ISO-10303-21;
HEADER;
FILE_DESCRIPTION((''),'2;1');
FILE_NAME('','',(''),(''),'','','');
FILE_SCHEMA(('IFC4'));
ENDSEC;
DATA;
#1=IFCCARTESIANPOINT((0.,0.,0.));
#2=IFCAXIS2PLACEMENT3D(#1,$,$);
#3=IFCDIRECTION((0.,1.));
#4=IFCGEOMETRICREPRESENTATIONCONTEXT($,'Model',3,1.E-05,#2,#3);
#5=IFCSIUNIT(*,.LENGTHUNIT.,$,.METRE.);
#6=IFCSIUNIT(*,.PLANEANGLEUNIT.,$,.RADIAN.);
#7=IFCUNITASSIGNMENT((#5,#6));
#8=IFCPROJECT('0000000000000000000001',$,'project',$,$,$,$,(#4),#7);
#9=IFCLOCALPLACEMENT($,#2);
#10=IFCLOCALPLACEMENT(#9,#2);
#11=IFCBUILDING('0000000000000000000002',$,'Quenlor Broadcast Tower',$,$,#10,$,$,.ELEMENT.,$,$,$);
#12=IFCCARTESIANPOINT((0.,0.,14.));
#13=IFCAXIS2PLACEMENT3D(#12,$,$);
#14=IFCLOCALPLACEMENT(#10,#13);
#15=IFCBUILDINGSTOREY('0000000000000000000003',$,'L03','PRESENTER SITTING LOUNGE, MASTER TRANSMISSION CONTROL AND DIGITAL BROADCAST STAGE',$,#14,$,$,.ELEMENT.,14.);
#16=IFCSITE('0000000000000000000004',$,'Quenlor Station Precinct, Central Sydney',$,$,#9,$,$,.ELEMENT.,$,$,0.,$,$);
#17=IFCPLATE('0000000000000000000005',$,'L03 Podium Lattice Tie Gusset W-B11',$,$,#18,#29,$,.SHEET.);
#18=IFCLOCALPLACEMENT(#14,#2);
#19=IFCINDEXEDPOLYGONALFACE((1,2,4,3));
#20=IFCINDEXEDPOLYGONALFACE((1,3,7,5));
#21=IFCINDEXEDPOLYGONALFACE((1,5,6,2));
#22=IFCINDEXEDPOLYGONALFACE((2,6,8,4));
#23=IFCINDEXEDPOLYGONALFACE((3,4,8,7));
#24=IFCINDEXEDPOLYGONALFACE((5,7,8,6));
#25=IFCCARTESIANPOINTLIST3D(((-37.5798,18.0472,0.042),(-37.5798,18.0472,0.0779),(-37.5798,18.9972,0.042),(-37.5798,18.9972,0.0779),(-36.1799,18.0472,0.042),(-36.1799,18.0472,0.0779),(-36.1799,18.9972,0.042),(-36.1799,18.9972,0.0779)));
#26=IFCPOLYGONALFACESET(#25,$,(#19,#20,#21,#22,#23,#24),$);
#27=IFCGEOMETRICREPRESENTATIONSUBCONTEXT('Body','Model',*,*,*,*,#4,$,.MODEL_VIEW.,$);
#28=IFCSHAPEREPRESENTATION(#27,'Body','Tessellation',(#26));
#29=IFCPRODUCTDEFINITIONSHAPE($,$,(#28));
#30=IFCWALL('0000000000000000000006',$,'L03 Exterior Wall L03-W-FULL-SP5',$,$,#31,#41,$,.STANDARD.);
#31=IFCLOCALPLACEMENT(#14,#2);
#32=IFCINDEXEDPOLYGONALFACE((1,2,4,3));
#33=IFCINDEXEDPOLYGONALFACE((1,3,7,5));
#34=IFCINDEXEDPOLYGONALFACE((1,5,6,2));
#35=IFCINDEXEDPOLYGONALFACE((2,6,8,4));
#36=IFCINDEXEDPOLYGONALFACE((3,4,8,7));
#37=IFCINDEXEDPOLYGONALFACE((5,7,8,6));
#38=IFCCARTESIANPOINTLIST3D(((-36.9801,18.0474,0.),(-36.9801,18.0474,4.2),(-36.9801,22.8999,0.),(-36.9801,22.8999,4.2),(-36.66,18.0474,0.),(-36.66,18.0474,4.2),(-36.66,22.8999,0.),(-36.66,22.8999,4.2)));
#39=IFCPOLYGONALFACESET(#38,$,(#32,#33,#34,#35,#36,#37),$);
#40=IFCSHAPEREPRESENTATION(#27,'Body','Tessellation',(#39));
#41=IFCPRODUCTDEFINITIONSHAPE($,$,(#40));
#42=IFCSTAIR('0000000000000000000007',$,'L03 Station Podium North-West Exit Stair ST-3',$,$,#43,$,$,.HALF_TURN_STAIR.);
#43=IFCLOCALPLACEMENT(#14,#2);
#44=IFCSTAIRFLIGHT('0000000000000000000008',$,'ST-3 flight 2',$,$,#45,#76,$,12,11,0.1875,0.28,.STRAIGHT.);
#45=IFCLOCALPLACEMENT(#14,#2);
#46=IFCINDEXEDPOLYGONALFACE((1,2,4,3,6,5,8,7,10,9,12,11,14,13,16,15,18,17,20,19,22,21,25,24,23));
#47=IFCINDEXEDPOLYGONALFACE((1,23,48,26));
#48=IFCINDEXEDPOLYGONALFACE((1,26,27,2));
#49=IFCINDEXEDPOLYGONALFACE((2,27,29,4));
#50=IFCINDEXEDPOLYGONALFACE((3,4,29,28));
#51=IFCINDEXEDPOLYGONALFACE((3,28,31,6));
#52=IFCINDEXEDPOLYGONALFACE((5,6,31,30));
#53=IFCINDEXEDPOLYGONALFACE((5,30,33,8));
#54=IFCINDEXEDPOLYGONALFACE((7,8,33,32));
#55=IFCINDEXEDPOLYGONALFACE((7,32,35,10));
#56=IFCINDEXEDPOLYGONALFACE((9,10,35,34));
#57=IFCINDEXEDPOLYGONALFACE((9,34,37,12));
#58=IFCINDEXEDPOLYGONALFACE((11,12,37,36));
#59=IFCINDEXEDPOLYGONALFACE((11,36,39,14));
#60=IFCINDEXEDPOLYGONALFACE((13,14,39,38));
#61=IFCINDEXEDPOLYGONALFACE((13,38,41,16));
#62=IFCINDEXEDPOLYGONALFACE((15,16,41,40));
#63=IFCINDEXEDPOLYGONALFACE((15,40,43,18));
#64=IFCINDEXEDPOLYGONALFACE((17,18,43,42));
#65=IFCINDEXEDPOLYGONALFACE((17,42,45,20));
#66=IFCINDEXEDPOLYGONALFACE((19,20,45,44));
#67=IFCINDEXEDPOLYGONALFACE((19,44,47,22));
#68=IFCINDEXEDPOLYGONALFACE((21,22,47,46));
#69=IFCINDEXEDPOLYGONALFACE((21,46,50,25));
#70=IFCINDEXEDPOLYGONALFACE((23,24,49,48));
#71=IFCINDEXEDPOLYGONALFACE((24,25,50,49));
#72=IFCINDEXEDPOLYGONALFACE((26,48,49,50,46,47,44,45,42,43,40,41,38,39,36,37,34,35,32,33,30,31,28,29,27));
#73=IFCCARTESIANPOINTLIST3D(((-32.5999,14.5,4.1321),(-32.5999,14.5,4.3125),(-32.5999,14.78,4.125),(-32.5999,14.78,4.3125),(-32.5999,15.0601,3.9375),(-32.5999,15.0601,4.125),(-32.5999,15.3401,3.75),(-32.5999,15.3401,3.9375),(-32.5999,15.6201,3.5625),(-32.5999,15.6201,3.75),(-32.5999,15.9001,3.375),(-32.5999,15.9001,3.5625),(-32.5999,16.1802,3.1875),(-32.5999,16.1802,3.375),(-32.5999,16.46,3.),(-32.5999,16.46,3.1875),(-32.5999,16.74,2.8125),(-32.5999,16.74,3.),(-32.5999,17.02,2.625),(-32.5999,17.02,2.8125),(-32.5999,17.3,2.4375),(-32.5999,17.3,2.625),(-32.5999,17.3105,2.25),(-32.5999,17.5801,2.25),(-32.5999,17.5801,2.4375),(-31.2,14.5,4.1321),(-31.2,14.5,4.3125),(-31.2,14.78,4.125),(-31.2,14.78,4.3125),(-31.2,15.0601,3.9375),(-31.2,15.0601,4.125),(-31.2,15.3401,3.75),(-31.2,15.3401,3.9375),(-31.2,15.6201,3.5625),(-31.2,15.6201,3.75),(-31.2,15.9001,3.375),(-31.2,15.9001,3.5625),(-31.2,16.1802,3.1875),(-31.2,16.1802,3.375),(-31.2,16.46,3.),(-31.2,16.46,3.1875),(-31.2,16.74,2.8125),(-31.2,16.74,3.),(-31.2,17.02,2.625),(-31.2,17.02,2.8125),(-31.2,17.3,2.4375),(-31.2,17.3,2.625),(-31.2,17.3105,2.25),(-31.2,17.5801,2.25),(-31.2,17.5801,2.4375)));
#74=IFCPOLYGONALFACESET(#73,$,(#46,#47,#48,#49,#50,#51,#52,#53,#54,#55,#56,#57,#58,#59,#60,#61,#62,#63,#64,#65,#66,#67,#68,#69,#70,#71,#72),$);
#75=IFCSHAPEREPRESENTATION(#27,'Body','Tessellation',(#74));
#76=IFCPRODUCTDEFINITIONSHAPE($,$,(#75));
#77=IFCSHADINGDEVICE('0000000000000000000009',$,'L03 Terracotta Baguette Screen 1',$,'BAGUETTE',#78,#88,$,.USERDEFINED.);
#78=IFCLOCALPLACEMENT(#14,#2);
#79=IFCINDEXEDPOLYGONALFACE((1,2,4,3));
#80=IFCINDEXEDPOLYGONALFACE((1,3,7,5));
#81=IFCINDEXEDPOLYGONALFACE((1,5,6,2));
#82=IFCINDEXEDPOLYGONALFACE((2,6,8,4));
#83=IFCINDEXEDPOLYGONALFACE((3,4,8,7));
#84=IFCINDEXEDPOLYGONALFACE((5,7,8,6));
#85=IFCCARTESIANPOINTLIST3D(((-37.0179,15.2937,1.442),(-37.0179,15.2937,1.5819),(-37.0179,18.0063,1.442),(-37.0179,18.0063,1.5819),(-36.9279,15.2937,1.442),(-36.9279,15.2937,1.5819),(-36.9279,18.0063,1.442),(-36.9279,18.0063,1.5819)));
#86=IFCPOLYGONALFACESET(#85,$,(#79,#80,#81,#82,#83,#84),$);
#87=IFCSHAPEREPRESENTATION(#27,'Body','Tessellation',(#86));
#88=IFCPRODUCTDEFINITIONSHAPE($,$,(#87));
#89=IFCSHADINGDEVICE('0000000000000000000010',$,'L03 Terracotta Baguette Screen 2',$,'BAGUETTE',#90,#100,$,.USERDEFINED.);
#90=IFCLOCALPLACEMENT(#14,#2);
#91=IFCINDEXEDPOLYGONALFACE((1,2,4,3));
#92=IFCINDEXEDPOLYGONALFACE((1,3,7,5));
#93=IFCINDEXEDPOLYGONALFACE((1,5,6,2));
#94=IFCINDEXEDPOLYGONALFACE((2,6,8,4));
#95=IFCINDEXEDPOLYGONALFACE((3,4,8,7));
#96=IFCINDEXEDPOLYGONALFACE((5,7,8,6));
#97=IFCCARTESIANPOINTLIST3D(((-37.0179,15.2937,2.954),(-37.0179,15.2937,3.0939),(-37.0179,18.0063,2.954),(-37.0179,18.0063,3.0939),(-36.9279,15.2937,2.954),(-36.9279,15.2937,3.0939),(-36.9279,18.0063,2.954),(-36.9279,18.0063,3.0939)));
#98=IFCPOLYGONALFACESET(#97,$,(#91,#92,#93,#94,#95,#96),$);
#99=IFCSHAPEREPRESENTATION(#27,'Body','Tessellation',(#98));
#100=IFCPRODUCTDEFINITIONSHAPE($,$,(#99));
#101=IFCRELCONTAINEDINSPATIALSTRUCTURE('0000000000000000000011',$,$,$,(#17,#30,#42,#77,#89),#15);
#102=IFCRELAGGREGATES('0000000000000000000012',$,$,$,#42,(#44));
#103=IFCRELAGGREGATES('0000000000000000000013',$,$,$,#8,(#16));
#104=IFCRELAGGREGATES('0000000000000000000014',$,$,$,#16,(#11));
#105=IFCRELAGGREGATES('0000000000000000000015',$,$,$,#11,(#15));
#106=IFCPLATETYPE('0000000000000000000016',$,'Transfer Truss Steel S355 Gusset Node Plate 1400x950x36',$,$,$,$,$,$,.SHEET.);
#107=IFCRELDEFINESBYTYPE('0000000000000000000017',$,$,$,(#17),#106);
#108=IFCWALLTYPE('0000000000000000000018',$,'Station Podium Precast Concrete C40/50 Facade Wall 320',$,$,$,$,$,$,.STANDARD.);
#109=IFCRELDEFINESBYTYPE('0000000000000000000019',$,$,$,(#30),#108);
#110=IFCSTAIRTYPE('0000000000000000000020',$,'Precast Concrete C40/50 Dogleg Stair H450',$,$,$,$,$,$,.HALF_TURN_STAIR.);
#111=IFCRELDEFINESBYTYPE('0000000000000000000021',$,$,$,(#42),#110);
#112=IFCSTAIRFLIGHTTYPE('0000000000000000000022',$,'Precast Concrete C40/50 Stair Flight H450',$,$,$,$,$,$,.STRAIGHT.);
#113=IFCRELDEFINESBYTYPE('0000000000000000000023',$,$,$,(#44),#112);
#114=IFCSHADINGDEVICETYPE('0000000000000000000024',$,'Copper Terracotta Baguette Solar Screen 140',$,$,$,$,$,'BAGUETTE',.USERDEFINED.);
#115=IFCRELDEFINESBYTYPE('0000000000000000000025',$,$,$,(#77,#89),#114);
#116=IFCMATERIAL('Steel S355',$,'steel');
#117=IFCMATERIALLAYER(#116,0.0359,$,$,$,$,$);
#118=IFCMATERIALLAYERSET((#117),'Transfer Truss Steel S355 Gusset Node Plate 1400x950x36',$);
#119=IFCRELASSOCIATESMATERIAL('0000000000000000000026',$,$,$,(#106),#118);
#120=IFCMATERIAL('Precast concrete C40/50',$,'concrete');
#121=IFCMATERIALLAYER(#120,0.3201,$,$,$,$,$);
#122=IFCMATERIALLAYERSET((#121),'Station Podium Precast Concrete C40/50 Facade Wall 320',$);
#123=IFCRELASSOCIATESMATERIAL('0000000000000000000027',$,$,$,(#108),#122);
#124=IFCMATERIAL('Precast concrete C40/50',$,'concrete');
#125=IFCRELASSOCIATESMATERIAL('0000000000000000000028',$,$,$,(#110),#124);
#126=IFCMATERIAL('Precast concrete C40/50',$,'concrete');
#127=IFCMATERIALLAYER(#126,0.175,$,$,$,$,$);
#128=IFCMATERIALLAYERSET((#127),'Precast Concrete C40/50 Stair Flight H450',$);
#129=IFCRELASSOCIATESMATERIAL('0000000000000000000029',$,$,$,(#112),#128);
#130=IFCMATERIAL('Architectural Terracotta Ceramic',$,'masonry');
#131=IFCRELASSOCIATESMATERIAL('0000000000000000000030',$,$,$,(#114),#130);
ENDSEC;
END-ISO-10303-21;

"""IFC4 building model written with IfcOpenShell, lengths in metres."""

from ifc_helpers import new_model, si_unit, direction, frame, frame_2d, origin, origin_2d, place, context, subcontext, project, spatial, polyline, rectangle, outline, extrude, material, layer, layer_set, material_profile, profile_set, type_object, element, aggregate, save


model = new_model("IFC4")

# Units and contexts
model_context = context("Model", 3, precision=1e-05, world=origin(), true_north=direction((0.0, 1.0)))
body_context = subcontext(model_context, "Body", "Model", "MODEL_VIEW")
ifc_project = project(units=[si_unit("LENGTHUNIT", "METRE"), si_unit("PLANEANGLEUNIT", "RADIAN")], contexts=[model_context])

# Site, building, storey
site_placement = place(None, origin())
site = spatial("IfcSite", under=ifc_project, at=site_placement, Name="Quenlor Station Precinct, Central Sydney", CompositionType="ELEMENT", RefElevation=0.0)
building_placement = place(site_placement, origin())
building = spatial("IfcBuilding", under=site, at=building_placement, Name="Quenlor Broadcast Tower", CompositionType="ELEMENT")
storey_placement = place(building_placement, frame((0.0, 0.0, 14.0)))
storey = spatial("IfcBuildingStorey", under=building, at=storey_placement, Name="L03", Description="PRESENTER SITTING LOUNGE, MASTER TRANSMISSION CONTROL AND DIGITAL BROADCAST STAGE", CompositionType="ELEMENT", Elevation=14.0)

# Plate
ifc_material_1 = material(Name="Steel S355", Category="steel")
ifc_layer_1 = layer(ifc_material_1, 0.0359)
ifc_layer_set_1 = layer_set([ifc_layer_1], Name="Transfer Truss Steel S355 Gusset Node Plate 1400x950x36")
plate_type_1 = type_object("IfcPlateType", Name="Transfer Truss Steel S355 Gusset Node Plate 1400x950x36", PredefinedType="SHEET", material=ifc_layer_set_1)
plate_1_placement = place(storey_placement, frame((-36.8799, 18.5222, 0.042), z_axis=(0.0, 0.0, 1.0), x_axis=(-1.0, 0.0, 0.0)))
element("IfcPlate", 1, at=plate_1_placement, inside=storey, type_object=plate_type_1, Name="L03 Podium Lattice Tie Gusset W-B11", PredefinedType="SHEET", context=body_context, shape_type="SweptSolid", body=[
    extrude(rectangle(XDim=1.3999, YDim=0.95, at=origin_2d()), origin(), (0.0, 0.0, 1.0), 0.0359),
])

# Wall
ifc_material_2 = material(Name="Precast concrete C40/50", Category="concrete")
ifc_layer_2 = layer(ifc_material_2, 0.3201)
ifc_layer_set_2 = layer_set([ifc_layer_2], Name="Station Podium Precast Concrete C40/50 Facade Wall 320")
wall_type = type_object("IfcWallType", Name="Station Podium Precast Concrete C40/50 Facade Wall 320", PredefinedType="STANDARD", material=ifc_layer_set_2)
wall_placement = place(storey_placement, frame((-36.8201, 18.0474, 0.0), z_axis=(0.0, 0.0, 1.0), x_axis=(0.0, 1.0, 0.0)))
element("IfcWall", 2, at=wall_placement, inside=storey, type_object=wall_type, Name="L03 Exterior Wall L03-W-FULL-SP5", PredefinedType="STANDARD", context=body_context, shape_type="SweptSolid", body=[
    extrude(rectangle(XDim=4.8525, YDim=0.3201, at=frame_2d((2.4263, 0.0))), origin(), (0.0, 0.0, 1.0), 4.2),
])

# Stair, stair flight
ifc_material_3 = material(Name="Precast concrete C40/50", Category="concrete")
stair_type = type_object("IfcStairType", Name="Precast Concrete C40/50 Dogleg Stair H450", PredefinedType="HALF_TURN_STAIR", material=ifc_material_3)
stair_placement = place(storey_placement, origin())
stair = element("IfcStair", 3, at=stair_placement, inside=storey, type_object=stair_type, Name="L03 Station Podium North-West Exit Stair ST-3", PredefinedType="HALF_TURN_STAIR")
ifc_material_4 = material(Name="Precast concrete C40/50", Category="concrete")
ifc_layer_3 = layer(ifc_material_4, 0.175)
ifc_layer_set_3 = layer_set([ifc_layer_3], Name="Precast Concrete C40/50 Stair Flight H450")
stair_flight_type = type_object("IfcStairFlightType", Name="Precast Concrete C40/50 Stair Flight H450", PredefinedType="STRAIGHT", material=ifc_layer_set_3)
stair_flight_placement = place(storey_placement, frame((-31.8999, 17.5801, 2.25), z_axis=(0.0, 0.0, 1.0), x_axis=(0.0, -1.0, 0.0)))
stair_flight = element("IfcStairFlight", 4, at=stair_flight_placement, type_object=stair_flight_type, Name="ST-3 flight 2", NumberOfRisers=12, NumberOfTreads=11, PredefinedType="STRAIGHT", RiserHeight=0.1875, TreadLength=0.28, context=body_context, shape_type="SweptSolid", body=[
    extrude(outline(polyline([(0.0, 0.0), (0.0, 0.1875), (0.28, 0.1875), (0.28, 0.375), (0.5601, 0.375), (0.5601, 0.5625), (0.8401, 0.5625), (0.8401, 0.75), (1.1201, 0.75), (1.1201, 0.9375), (1.3999, 0.9375), (1.3999, 1.125), (1.6799, 1.125), (1.6799, 1.3125), (1.96, 1.3125), (1.96, 1.5), (2.24, 1.5), (2.24, 1.6875), (2.52, 1.6875), (2.52, 1.875), (2.8, 1.875), (2.8, 2.0625), (3.0801, 2.0625), (3.0801, 2.25), (3.0801, 1.8821), (0.2695, 0.0), (0.0, 0.0)])), frame((0.0, 0.7, 0.0), z_axis=(0.0, -1.0, 0.0), x_axis=(1.0, 0.0, 0.0)), (0.0, 0.0, 1.0), 1.3999),
])
aggregate(stair, [stair_flight])

# Shading devices
ifc_material_5 = material(Name="Architectural Terracotta Ceramic", Category="masonry")
ifc_material_profile_1 = material_profile(ifc_material_5, rectangle(XDim=0.0901, YDim=0.1399, at=origin_2d()))
ifc_profile_set_1 = profile_set([ifc_material_profile_1], Name="Architectural Terracotta Ceramic BAG90x140")
shading_device_type = type_object("IfcShadingDeviceType", Name="Copper Terracotta Baguette Solar Screen 140", ElementType="BAGUETTE", PredefinedType="USERDEFINED", material=ifc_profile_set_1)
for number, where, z_axis, x_axis, name in (
    (5, (-36.9729, 15.2937, 1.512), (0.0, 1.0, 0.0), (-1.0, 0.0, 0.0), "L03 Terracotta Baguette Screen 1"),
    (6, (-36.9729, 15.2937, 3.0239), (0.0, 1.0, 0.0), (-1.0, 0.0, 0.0), "L03 Terracotta Baguette Screen 2"),
):
    element("IfcShadingDevice", number, at=place(storey_placement, frame(where, z_axis=z_axis, x_axis=x_axis)), inside=storey, type_object=shading_device_type, Name=name, ObjectType="BAGUETTE", PredefinedType="USERDEFINED", context=body_context, shape_type="SweptSolid", body=[
        extrude(rectangle(XDim=0.0901, YDim=0.1399, at=origin_2d()), origin(), (0.0, 0.0, 1.0), 2.7126),
    ])

save(model, "model.ifc")
